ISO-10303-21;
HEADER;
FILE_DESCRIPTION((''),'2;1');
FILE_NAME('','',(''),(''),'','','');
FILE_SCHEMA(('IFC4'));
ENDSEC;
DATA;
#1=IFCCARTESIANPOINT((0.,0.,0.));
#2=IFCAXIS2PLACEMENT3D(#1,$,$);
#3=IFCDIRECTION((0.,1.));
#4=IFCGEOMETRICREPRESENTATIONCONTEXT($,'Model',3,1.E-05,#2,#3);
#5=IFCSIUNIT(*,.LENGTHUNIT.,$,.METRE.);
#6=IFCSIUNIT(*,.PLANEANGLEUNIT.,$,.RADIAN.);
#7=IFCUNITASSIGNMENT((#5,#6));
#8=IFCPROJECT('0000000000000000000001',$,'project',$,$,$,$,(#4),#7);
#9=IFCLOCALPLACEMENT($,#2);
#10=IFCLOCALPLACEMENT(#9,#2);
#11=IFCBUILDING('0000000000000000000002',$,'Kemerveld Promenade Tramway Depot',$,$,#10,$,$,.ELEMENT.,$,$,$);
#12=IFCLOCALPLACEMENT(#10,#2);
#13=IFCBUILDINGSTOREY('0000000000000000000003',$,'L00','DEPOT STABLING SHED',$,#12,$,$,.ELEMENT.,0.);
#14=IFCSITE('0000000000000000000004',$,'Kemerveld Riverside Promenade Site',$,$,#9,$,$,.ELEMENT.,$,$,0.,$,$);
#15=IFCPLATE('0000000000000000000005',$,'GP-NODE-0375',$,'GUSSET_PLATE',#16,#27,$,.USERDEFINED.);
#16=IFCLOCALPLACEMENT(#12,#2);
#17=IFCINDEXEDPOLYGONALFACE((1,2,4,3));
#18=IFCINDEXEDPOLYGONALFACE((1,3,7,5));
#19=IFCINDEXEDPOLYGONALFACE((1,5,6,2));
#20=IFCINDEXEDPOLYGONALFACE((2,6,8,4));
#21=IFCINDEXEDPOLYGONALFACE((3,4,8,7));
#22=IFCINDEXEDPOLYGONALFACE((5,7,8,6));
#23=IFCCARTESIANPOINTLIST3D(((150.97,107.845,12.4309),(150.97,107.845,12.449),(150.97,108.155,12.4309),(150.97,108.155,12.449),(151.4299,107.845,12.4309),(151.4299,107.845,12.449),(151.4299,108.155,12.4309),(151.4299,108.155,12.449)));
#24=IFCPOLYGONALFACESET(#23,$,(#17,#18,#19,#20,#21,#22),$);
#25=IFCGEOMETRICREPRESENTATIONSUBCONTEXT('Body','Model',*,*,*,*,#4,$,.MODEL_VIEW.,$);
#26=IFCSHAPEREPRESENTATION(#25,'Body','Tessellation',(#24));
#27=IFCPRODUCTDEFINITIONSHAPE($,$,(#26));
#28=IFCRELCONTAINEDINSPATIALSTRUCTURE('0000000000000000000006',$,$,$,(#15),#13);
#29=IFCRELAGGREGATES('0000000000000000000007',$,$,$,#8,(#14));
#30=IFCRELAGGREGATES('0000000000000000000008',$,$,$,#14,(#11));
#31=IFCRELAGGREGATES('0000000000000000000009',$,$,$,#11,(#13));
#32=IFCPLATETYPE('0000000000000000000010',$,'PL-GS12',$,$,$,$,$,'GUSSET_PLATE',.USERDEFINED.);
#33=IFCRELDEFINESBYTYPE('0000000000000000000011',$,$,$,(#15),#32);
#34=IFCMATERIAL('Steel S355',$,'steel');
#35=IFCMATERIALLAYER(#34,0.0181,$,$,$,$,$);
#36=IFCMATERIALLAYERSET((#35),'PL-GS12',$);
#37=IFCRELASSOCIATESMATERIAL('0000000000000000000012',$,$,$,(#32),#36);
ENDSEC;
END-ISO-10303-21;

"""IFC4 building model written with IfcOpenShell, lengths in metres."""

from ifc_helpers import new_model, si_unit, direction, frame, origin, origin_2d, place, context, subcontext, project, spatial, rectangle, extrude, material, layer, layer_set, type_object, element, save


model = new_model("IFC4")

# Units and contexts
model_context = context("Model", 3, precision=1e-05, world=origin(), true_north=direction((0.0, 1.0)))
body_context = subcontext(model_context, "Body", "Model", "MODEL_VIEW")
ifc_project = project(units=[si_unit("LENGTHUNIT", "METRE"), si_unit("PLANEANGLEUNIT", "RADIAN")], contexts=[model_context])

# Site, building, storey
site_placement = place(None, origin())
site = spatial("IfcSite", under=ifc_project, at=site_placement, Name="Kemerveld Riverside Promenade Site", CompositionType="ELEMENT", RefElevation=0.0)
building_placement = place(site_placement, origin())
building = spatial("IfcBuilding", under=site, at=building_placement, Name="Kemerveld Promenade Tramway Depot", CompositionType="ELEMENT")
storey_placement = place(building_placement, origin())
storey = spatial("IfcBuildingStorey", under=building, at=storey_placement, Name="L00", Description="DEPOT STABLING SHED", CompositionType="ELEMENT", Elevation=0.0)

# Shared definitions
ifc_material_1 = material(Name="Steel S355", Category="steel")

# Plate
ifc_layer_1 = layer(ifc_material_1, 0.0181)
ifc_layer_set_1 = layer_set([ifc_layer_1], Name="PL-GS12")
plate_type_1 = type_object("IfcPlateType", Name="PL-GS12", ElementType="GUSSET_PLATE", PredefinedType="USERDEFINED", material=ifc_layer_set_1)
plate_1_placement = place(storey_placement, frame((151.2, 108.0, 12.4309), z_axis=(0.0, 0.0, 1.0), x_axis=(1.0, 0.0, 0.0)))
element("IfcPlate", 1, at=plate_1_placement, inside=storey, type_object=plate_type_1, Name="GP-NODE-0375", ObjectType="GUSSET_PLATE", PredefinedType="USERDEFINED", context=body_context, shape_type="SweptSolid", body=[
    extrude(rectangle(XDim=0.46, YDim=0.3101, at=origin_2d()), origin(), (0.0, 0.0, 1.0), 0.0181),
])

save(model, "model.ifc")
